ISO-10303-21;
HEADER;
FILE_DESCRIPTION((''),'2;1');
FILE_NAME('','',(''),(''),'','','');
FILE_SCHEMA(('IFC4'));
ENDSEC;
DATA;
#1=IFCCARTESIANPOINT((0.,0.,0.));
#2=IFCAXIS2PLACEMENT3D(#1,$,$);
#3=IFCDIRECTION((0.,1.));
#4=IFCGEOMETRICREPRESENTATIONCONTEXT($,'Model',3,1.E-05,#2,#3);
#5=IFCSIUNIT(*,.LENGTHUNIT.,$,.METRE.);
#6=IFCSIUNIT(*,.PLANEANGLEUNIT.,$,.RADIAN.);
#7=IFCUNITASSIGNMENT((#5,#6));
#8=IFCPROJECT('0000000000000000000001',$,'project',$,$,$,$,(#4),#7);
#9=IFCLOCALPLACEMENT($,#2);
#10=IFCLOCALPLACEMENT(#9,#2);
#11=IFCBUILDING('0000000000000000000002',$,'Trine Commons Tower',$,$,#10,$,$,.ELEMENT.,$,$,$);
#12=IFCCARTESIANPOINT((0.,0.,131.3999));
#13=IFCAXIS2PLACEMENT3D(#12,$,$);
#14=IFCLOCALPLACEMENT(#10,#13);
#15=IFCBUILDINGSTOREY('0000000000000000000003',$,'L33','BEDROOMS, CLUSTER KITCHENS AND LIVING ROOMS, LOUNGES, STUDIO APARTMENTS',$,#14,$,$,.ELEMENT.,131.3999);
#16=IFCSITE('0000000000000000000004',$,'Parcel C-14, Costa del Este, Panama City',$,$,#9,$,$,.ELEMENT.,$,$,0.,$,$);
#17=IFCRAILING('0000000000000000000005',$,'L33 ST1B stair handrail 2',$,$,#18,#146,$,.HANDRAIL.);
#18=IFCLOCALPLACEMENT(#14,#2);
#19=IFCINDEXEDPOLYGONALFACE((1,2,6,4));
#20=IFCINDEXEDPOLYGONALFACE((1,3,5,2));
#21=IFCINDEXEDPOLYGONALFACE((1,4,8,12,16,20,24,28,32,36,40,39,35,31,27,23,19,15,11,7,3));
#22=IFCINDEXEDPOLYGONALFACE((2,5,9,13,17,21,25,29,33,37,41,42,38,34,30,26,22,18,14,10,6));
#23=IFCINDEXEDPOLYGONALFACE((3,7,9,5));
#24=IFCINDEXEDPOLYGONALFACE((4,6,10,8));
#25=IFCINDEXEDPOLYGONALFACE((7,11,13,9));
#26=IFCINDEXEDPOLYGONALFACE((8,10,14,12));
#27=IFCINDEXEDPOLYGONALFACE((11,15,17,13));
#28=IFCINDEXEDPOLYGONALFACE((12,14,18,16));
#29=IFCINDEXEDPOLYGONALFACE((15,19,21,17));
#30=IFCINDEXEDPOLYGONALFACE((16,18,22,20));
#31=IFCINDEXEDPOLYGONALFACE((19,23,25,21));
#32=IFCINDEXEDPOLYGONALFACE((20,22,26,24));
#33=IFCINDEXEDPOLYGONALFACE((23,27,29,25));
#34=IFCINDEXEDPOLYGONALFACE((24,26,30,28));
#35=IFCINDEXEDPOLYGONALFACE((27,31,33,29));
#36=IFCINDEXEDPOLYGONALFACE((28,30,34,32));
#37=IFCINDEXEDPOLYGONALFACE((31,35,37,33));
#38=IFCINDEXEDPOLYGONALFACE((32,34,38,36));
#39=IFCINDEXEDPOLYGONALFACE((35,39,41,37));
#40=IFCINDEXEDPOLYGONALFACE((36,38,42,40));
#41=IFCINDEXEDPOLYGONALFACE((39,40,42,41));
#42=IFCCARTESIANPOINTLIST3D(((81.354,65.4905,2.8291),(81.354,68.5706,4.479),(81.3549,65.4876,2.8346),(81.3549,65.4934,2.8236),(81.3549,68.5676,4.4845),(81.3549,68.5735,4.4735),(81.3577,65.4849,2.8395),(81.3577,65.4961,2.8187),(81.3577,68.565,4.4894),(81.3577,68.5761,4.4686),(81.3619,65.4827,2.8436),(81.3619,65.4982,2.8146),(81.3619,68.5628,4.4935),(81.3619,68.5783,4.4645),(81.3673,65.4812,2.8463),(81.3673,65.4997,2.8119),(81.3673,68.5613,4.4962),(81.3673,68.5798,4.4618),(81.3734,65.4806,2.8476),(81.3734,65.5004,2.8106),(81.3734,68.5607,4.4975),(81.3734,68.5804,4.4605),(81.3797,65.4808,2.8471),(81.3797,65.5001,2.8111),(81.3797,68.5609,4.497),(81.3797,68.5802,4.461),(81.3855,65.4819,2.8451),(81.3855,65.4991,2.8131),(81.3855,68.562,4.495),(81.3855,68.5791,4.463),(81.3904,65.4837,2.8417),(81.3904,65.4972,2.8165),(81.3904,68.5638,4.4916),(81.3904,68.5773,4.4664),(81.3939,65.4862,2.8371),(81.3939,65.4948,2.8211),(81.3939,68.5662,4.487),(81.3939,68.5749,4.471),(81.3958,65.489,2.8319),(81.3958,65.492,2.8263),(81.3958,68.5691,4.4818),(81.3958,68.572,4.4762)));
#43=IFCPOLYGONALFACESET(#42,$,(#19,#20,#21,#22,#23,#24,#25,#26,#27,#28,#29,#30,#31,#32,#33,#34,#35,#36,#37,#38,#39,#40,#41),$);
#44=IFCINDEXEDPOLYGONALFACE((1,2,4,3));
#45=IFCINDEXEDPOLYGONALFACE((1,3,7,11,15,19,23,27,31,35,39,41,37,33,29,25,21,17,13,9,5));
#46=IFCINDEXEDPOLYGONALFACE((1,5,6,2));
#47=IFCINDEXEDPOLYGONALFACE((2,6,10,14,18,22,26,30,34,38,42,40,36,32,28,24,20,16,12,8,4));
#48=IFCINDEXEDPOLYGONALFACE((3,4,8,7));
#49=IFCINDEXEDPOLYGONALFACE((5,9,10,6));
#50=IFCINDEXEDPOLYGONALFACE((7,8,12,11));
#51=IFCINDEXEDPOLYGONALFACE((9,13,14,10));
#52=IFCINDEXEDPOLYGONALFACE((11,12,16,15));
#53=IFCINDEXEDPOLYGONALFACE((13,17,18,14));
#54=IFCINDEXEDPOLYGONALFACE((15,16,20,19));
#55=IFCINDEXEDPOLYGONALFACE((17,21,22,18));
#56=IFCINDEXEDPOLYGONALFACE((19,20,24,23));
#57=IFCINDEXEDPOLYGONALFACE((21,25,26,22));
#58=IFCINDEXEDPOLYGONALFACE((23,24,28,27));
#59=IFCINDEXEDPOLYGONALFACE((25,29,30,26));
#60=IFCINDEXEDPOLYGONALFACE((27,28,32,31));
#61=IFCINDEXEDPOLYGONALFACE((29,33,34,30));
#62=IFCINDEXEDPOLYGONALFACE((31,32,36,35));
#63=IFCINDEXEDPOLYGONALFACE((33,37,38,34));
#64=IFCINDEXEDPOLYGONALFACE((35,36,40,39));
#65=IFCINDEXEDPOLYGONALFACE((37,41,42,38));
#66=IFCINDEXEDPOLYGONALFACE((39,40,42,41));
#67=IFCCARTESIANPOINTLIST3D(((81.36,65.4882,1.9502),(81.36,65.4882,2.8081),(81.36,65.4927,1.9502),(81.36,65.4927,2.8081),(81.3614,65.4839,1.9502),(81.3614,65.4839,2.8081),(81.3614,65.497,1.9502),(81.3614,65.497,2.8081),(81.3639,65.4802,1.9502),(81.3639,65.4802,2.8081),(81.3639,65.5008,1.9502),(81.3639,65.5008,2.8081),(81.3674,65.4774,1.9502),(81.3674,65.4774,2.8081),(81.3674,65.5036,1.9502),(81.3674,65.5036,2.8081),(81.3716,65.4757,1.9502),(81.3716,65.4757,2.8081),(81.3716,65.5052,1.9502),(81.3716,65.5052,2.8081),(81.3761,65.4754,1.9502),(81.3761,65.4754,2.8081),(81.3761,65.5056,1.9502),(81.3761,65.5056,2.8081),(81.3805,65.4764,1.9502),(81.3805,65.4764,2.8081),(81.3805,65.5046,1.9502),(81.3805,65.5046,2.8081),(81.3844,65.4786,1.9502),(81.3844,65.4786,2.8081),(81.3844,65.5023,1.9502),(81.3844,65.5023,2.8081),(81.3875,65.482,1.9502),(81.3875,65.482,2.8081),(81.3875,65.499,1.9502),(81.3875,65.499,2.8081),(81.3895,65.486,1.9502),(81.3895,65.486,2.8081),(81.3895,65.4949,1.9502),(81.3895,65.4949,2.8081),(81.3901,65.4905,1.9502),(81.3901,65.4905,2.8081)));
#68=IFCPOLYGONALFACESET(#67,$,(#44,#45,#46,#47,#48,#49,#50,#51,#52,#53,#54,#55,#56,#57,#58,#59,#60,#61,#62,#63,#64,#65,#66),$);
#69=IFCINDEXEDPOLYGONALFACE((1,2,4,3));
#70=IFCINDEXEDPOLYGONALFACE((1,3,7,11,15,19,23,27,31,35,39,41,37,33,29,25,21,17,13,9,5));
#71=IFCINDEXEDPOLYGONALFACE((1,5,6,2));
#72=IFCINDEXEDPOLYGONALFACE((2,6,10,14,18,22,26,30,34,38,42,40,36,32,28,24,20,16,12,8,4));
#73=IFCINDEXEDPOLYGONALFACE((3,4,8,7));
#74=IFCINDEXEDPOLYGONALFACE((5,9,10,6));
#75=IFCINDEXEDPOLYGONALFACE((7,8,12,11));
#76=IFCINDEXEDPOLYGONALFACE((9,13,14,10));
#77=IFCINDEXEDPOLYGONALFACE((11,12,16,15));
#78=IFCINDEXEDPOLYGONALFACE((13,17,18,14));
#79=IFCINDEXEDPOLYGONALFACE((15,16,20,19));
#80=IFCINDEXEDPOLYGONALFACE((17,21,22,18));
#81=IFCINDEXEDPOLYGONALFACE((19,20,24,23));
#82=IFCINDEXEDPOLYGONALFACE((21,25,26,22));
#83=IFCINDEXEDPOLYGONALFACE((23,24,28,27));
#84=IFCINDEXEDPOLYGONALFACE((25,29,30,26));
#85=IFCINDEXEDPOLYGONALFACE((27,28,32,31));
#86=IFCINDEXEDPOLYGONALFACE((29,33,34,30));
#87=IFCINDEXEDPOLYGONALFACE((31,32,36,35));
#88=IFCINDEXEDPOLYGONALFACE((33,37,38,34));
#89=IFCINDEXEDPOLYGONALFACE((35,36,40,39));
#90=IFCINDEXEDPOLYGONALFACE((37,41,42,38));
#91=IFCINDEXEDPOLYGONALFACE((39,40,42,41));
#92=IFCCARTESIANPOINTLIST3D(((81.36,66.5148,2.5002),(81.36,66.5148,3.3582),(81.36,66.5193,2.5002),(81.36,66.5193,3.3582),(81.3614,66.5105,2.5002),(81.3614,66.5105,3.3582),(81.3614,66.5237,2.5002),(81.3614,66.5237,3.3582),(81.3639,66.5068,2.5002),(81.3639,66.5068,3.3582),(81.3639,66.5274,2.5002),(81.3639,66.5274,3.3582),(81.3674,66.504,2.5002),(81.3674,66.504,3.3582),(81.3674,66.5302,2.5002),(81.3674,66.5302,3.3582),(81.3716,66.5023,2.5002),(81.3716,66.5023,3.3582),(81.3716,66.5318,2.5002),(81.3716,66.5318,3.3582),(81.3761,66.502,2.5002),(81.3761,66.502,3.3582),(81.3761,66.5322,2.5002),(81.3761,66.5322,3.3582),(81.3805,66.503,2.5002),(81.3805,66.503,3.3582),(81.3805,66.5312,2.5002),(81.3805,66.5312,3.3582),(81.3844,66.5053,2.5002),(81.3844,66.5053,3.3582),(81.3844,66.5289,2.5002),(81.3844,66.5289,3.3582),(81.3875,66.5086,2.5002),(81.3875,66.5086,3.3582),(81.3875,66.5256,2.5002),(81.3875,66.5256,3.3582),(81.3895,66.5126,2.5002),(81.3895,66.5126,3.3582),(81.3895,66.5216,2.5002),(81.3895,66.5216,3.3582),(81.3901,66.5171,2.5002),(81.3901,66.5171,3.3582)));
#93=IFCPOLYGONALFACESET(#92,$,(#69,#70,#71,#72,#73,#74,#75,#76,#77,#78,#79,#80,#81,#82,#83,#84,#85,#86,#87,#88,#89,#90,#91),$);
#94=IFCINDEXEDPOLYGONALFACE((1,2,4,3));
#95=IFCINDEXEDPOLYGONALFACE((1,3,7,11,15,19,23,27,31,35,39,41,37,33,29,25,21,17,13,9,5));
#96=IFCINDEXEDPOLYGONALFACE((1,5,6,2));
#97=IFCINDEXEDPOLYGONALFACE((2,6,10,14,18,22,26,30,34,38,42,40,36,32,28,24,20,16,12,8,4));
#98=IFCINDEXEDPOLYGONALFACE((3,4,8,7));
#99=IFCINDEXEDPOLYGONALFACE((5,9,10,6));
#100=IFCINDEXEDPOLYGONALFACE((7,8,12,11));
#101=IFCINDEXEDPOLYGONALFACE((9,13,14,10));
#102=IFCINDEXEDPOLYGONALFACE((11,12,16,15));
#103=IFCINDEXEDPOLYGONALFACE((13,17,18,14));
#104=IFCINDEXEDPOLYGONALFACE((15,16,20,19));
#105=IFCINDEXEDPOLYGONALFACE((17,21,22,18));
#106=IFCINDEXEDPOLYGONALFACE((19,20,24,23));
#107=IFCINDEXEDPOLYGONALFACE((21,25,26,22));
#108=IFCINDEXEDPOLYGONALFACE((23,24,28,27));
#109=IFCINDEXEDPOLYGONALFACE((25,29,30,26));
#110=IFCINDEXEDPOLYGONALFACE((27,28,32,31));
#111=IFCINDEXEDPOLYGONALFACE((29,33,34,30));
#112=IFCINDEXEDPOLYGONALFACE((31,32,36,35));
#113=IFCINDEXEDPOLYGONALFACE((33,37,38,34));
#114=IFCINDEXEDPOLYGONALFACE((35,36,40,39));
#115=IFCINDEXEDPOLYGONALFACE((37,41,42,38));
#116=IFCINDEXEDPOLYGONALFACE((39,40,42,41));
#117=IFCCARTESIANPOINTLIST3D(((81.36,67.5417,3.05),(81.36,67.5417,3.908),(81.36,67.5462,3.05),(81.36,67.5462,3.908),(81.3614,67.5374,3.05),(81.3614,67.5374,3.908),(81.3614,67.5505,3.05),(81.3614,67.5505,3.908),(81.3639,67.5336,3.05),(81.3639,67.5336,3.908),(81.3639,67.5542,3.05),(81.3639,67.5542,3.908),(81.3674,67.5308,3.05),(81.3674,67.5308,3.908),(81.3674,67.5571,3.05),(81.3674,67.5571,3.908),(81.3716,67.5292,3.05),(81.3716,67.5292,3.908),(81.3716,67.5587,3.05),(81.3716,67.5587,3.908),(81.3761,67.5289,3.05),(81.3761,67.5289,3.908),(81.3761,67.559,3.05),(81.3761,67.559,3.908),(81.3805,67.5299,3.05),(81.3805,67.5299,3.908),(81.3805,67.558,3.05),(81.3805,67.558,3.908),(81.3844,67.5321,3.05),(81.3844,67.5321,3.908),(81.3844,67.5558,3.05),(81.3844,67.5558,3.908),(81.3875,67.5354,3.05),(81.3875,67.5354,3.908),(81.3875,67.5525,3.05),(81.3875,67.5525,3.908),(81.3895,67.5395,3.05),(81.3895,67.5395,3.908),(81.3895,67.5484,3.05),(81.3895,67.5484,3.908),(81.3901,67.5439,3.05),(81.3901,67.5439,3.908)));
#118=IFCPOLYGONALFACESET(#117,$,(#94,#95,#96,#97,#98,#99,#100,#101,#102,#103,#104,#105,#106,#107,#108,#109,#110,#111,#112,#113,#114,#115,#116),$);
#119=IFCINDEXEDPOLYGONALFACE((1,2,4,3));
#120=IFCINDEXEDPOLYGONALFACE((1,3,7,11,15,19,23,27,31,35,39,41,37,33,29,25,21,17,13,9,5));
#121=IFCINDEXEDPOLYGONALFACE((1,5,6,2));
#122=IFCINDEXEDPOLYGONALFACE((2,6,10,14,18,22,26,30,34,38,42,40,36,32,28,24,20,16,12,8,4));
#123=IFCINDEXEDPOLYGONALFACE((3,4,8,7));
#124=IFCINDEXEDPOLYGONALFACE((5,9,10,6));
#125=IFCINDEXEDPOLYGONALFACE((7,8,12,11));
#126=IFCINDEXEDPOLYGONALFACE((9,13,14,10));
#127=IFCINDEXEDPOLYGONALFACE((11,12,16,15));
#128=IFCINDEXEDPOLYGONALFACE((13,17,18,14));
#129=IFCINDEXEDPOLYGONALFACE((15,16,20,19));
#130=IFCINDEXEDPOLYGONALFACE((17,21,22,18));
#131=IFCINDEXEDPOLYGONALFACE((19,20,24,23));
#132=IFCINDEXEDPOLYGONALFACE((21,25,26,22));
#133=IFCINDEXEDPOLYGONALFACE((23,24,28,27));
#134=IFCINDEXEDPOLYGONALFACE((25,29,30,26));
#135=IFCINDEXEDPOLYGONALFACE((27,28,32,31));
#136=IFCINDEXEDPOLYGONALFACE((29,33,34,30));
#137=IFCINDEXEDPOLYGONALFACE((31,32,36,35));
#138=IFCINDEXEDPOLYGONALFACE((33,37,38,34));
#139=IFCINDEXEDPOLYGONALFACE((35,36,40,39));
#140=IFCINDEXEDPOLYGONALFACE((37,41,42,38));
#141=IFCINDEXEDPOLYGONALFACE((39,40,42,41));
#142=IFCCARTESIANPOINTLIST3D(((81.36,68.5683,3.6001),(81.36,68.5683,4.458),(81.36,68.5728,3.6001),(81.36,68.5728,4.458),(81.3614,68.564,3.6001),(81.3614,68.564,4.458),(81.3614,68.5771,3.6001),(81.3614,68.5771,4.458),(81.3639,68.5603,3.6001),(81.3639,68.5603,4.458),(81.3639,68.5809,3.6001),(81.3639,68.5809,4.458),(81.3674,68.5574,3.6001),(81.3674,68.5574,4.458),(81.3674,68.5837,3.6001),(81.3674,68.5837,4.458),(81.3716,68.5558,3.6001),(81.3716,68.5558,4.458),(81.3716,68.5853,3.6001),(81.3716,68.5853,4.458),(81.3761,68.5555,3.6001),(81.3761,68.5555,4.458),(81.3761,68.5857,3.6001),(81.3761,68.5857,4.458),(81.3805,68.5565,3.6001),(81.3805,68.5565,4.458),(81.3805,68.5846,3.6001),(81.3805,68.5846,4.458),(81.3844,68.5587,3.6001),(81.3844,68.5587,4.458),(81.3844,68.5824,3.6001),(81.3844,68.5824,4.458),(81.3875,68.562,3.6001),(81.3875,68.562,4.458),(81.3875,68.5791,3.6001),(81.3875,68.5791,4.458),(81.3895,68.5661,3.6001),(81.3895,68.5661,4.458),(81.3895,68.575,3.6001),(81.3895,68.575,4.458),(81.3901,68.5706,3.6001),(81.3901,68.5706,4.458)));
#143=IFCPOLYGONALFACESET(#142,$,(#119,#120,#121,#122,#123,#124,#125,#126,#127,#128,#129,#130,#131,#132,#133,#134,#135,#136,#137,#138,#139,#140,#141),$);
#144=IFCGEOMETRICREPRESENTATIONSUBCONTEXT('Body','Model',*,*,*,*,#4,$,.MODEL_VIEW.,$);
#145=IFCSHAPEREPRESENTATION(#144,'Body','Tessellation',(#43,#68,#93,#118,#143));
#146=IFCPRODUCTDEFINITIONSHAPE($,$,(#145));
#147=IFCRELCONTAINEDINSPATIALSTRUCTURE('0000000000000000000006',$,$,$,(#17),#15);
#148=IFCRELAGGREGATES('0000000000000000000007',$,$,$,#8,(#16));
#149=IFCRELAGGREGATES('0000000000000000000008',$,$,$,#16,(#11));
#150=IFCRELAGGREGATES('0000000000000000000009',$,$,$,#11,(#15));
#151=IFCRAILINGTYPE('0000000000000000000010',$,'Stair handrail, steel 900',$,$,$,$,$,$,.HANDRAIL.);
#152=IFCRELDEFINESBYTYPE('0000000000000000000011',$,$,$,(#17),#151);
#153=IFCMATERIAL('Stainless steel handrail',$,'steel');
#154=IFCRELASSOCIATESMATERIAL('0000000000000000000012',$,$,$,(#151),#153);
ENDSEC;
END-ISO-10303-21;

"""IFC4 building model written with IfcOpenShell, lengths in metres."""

from ifc_helpers import new_model, si_unit, direction, frame, origin, origin_2d, place, context, subcontext, project, spatial, circle, extrude, material, type_object, element, save


model = new_model("IFC4")

# Units and contexts
model_context = context("Model", 3, precision=1e-05, world=origin(), true_north=direction((0.0, 1.0)))
body_context = subcontext(model_context, "Body", "Model", "MODEL_VIEW")
ifc_project = project(units=[si_unit("LENGTHUNIT", "METRE"), si_unit("PLANEANGLEUNIT", "RADIAN")], contexts=[model_context])

# Site, building, storey
site_placement = place(None, origin())
site = spatial("IfcSite", under=ifc_project, at=site_placement, Name="Parcel C-14, Costa del Este, Panama City", CompositionType="ELEMENT", RefElevation=0.0)
building_placement = place(site_placement, origin())
building = spatial("IfcBuilding", under=site, at=building_placement, Name="Trine Commons Tower", CompositionType="ELEMENT")
storey_placement = place(building_placement, frame((0.0, 0.0, 131.3999)))
storey = spatial("IfcBuildingStorey", under=building, at=storey_placement, Name="L33", Description="BEDROOMS, CLUSTER KITCHENS AND LIVING ROOMS, LOUNGES, STUDIO APARTMENTS", CompositionType="ELEMENT", Elevation=131.3999)

# Railing
ifc_material_1 = material(Name="Stainless steel handrail", Category="steel")
railing_type_1 = type_object("IfcRailingType", Name="Stair handrail, steel 900", PredefinedType="HANDRAIL", material=ifc_material_1)
railing_1_placement = place(storey_placement, frame((81.375, 65.4905, 1.9502)))
element("IfcRailing", 1, at=railing_1_placement, inside=storey, type_object=railing_type_1, Name="L33 ST1B stair handrail 2", PredefinedType="HANDRAIL", context=body_context, shape_type="SweptSolid", body=[
    extrude(circle(Radius=0.021, at=origin_2d()), frame((0.0, 0.0, 0.8789), z_axis=(0.0, 0.881497, 0.47219), x_axis=(-1.0, 0.0, 0.0)), (0.0, 0.0, 1.0), 3.4941),
    extrude(circle(Radius=0.0151, at=origin_2d()), origin(), (0.0, 0.0, 1.0), 0.8579),
    extrude(circle(Radius=0.0151, at=origin_2d()), frame((0.0, 1.0266, 0.55)), (0.0, 0.0, 1.0), 0.8579),
    extrude(circle(Radius=0.0151, at=origin_2d()), frame((0.0, 2.0535, 1.0999)), (0.0, 0.0, 1.0), 0.8579),
    extrude(circle(Radius=0.0151, at=origin_2d()), frame((0.0, 3.0801, 1.6499)), (0.0, 0.0, 1.0), 0.8579),
])

save(model, "model.ifc")
